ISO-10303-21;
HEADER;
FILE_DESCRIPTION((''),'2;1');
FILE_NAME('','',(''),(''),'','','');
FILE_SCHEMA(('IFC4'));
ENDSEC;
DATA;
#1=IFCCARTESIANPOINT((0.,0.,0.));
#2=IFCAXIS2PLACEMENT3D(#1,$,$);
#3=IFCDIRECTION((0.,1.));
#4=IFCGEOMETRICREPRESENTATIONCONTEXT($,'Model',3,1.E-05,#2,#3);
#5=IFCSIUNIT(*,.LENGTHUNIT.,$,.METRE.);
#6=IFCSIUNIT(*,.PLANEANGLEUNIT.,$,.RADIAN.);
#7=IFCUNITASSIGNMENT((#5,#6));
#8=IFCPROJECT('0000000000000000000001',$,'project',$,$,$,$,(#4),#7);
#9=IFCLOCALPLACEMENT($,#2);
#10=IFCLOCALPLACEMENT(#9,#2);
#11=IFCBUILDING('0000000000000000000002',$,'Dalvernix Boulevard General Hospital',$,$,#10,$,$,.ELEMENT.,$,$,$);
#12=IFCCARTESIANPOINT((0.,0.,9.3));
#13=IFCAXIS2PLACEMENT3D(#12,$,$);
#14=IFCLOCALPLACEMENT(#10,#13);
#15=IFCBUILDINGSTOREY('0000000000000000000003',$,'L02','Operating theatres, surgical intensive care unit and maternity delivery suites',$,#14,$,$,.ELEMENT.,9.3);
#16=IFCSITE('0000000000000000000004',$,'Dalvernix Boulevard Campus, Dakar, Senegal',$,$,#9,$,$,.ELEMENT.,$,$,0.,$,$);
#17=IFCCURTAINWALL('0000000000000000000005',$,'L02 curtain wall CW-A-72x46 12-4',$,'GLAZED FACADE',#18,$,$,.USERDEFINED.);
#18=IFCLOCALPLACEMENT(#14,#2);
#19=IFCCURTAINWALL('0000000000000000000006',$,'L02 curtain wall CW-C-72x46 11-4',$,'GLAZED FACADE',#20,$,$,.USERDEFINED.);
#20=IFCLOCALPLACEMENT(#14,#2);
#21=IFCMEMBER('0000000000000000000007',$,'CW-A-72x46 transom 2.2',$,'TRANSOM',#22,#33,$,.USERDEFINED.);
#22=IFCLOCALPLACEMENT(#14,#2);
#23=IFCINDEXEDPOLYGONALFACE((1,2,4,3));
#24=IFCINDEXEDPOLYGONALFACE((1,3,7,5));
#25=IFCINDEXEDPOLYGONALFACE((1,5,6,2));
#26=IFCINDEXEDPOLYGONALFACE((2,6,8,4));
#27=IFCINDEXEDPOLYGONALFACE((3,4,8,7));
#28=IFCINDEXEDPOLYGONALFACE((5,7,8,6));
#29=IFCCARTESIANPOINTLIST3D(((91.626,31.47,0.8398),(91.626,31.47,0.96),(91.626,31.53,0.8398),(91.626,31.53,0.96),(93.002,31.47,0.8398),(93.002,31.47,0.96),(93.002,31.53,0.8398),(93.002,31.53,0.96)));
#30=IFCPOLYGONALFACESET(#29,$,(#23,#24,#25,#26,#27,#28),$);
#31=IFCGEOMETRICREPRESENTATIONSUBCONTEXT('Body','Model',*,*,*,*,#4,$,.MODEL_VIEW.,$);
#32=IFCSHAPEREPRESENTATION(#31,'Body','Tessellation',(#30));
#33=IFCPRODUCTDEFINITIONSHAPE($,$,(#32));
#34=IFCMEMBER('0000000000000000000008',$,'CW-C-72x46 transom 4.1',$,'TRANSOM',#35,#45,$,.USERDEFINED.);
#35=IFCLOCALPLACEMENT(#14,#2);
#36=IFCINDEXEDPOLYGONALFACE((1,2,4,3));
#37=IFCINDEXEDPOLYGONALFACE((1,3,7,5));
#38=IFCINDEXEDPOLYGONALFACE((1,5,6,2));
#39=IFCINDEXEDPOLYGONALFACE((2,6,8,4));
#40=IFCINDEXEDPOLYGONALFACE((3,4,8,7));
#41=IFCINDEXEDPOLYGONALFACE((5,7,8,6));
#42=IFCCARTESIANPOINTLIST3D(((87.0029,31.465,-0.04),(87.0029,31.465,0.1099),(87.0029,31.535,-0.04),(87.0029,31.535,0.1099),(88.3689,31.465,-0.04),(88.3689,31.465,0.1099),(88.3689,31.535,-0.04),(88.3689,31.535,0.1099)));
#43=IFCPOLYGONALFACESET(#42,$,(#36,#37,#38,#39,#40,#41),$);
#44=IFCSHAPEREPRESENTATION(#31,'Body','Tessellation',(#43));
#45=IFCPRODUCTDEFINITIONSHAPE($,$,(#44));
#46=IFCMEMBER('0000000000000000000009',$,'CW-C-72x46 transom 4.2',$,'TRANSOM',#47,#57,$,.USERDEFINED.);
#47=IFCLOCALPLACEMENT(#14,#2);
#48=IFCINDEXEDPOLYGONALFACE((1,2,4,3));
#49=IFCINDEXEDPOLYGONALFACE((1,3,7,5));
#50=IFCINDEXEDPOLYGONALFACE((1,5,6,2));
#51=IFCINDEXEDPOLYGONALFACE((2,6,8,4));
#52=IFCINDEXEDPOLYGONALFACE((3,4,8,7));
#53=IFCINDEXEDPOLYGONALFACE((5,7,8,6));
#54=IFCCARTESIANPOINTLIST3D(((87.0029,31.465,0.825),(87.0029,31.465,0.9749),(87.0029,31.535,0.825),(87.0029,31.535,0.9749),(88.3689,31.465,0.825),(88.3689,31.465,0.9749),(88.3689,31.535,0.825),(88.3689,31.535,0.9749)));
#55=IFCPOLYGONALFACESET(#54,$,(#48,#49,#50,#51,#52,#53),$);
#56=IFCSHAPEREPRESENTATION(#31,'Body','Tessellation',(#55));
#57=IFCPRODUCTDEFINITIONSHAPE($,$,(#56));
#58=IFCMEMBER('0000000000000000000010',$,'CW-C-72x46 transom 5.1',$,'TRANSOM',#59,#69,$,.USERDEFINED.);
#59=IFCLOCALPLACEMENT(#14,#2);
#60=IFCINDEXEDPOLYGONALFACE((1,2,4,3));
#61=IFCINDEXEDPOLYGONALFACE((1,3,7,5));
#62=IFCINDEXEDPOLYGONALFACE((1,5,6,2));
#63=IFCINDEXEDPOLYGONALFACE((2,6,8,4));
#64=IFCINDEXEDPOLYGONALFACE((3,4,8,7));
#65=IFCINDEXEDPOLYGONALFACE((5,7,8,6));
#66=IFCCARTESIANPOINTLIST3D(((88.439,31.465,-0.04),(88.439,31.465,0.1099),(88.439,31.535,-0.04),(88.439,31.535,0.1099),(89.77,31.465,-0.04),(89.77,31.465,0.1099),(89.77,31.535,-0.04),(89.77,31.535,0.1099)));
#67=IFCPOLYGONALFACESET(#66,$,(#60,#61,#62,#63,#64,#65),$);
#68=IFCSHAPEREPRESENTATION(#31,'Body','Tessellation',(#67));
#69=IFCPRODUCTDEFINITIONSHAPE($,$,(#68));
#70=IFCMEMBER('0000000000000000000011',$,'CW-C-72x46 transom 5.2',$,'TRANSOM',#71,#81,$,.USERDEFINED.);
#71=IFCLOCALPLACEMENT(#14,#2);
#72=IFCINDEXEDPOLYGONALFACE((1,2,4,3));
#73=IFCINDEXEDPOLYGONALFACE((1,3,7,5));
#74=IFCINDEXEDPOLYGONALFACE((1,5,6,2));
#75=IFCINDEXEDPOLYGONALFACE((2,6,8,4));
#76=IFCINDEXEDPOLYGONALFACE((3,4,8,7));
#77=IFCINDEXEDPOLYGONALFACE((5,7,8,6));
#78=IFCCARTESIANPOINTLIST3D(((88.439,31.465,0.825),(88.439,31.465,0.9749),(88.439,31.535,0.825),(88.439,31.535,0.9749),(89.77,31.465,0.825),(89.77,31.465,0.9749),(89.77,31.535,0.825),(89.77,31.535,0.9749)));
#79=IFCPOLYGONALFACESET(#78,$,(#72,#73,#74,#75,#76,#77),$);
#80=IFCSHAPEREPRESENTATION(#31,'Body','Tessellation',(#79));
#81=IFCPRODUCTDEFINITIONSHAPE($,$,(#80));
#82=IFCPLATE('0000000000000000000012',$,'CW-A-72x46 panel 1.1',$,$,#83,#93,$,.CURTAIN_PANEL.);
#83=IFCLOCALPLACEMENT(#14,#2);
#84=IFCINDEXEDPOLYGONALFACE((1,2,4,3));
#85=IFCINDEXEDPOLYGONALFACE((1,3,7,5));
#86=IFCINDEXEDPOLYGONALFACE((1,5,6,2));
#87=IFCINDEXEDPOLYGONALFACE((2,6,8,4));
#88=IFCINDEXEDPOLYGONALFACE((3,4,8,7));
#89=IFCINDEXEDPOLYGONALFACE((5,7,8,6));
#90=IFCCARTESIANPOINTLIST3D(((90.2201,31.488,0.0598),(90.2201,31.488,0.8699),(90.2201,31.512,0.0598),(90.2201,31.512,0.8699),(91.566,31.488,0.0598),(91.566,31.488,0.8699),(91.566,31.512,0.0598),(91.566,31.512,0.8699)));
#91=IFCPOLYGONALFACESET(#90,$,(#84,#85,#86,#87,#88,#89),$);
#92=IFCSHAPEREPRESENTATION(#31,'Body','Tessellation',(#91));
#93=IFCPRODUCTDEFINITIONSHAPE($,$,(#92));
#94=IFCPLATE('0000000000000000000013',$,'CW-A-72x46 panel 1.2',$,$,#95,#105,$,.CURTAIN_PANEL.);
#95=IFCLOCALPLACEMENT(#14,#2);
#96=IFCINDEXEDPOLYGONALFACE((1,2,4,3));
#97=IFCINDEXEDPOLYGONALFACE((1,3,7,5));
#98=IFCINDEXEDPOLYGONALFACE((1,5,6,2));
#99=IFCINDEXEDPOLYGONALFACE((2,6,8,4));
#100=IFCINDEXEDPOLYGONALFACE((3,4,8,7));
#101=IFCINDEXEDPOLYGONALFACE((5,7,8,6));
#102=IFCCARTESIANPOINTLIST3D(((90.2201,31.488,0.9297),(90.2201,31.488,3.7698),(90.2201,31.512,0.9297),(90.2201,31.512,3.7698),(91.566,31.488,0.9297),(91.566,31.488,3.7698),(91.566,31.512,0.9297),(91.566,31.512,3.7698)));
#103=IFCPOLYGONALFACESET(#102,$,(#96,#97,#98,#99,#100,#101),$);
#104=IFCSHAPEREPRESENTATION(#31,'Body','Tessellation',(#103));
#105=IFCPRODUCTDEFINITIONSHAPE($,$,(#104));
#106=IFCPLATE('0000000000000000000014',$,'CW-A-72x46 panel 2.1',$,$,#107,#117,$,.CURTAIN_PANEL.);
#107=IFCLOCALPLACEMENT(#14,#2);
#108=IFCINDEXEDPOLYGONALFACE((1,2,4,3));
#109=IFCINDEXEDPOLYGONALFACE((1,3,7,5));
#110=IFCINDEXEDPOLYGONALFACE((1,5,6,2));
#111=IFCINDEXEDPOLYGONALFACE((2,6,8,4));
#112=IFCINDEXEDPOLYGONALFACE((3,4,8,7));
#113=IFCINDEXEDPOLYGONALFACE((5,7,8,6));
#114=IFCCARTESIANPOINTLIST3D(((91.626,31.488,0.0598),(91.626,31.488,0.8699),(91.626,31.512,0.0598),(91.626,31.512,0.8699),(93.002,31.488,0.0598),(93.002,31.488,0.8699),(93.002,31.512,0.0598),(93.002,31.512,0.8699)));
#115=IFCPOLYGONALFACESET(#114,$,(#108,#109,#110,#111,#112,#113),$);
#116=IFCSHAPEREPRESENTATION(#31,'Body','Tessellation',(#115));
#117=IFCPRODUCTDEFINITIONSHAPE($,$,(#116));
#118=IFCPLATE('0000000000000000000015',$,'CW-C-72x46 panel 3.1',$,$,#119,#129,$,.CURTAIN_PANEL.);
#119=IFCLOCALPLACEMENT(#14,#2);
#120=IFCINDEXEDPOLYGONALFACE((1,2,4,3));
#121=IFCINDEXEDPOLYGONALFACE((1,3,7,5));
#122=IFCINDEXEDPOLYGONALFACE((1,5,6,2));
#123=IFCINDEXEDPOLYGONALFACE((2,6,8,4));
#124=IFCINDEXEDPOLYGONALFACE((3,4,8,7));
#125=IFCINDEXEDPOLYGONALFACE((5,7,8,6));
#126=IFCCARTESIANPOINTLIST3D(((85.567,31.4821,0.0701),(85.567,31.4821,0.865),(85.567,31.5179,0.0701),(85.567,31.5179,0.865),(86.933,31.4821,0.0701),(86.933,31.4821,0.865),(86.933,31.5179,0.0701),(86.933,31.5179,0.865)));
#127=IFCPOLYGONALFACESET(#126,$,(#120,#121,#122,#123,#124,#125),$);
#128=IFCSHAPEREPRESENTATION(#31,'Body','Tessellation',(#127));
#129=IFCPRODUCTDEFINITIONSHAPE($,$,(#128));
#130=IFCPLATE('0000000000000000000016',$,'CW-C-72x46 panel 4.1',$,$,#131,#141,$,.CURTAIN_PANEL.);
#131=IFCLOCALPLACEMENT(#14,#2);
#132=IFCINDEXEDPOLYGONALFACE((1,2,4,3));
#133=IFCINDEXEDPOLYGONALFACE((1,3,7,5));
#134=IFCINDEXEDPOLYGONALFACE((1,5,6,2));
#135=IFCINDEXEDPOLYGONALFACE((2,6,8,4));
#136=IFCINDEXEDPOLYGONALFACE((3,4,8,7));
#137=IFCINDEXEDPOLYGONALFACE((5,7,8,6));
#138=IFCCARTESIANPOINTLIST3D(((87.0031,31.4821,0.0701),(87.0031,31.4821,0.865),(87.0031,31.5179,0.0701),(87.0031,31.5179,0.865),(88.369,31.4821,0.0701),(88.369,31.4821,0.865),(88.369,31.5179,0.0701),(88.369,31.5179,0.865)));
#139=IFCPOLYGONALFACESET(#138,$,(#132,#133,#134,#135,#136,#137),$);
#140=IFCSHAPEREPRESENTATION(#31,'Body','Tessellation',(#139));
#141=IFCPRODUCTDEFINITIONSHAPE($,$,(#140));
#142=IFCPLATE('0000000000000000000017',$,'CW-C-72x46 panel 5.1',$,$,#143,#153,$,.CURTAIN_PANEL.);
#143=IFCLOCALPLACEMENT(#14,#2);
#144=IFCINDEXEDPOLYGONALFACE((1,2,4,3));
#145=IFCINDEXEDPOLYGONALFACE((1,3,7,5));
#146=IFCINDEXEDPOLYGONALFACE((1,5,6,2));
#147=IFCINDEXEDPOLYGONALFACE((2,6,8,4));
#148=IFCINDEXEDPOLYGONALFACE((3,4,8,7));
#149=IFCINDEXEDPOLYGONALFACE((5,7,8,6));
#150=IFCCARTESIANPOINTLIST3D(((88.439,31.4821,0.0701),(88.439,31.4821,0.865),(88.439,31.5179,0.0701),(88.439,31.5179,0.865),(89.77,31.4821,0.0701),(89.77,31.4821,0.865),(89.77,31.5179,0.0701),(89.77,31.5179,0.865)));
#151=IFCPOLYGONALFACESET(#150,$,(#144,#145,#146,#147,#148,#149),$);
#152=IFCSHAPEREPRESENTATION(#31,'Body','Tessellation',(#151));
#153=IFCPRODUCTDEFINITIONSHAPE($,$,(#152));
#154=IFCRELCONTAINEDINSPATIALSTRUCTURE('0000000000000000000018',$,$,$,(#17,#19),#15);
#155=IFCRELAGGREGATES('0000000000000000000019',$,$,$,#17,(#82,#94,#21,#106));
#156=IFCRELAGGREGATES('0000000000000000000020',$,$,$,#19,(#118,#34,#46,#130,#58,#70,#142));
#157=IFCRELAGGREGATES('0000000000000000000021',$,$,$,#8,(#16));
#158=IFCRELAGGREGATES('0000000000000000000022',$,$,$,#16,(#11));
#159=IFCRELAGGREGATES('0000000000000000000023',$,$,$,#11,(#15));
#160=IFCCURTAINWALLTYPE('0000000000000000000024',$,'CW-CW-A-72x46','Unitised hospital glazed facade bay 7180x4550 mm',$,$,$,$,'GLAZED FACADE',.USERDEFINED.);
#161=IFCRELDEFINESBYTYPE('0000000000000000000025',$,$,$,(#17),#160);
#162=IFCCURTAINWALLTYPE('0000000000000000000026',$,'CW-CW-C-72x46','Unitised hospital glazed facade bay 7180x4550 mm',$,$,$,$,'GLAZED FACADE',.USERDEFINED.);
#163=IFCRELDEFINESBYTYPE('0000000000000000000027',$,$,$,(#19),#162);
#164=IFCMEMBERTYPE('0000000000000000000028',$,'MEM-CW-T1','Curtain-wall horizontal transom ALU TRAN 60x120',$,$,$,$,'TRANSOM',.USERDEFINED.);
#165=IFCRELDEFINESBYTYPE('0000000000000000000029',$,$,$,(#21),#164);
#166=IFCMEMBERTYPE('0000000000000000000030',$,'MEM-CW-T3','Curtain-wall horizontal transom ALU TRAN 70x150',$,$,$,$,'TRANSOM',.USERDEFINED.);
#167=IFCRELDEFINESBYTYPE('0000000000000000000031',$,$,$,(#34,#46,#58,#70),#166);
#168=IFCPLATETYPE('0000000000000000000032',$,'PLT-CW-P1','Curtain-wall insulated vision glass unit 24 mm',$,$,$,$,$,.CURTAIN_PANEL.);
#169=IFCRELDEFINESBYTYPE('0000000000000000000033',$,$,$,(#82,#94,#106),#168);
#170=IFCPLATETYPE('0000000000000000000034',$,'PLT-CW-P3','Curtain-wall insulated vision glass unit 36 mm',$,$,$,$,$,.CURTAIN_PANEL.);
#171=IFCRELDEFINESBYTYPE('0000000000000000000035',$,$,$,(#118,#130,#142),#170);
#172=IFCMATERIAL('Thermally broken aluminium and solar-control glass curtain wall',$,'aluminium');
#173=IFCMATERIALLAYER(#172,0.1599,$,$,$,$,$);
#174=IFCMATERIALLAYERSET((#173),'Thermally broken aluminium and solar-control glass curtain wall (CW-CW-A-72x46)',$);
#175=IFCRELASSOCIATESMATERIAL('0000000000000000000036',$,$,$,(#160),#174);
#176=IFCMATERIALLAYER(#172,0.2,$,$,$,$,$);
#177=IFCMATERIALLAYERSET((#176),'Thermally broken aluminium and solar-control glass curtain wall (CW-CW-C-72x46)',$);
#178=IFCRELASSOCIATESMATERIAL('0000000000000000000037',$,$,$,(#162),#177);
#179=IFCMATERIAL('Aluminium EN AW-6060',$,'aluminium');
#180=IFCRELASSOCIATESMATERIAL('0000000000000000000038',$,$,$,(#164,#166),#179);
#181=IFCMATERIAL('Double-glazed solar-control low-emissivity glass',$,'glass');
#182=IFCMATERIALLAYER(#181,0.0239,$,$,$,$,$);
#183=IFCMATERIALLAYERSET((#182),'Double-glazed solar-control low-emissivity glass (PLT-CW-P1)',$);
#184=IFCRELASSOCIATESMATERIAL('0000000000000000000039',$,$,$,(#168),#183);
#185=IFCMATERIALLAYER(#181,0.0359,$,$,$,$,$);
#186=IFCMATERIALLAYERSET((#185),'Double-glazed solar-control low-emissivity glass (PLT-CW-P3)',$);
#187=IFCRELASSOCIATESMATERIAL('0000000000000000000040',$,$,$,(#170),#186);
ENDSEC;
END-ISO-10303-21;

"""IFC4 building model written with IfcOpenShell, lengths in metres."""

from ifc_helpers import new_model, si_unit, direction, frame, origin, origin_2d, place, context, subcontext, project, spatial, rectangle, extrude, material, layer, layer_set, material_profile, profile_set, type_object, element, aggregate, save


model = new_model("IFC4")

# Units and contexts
model_context = context("Model", 3, precision=1e-05, world=origin(), true_north=direction((0.0, 1.0)))
body_context = subcontext(model_context, "Body", "Model", "MODEL_VIEW")
ifc_project = project(units=[si_unit("LENGTHUNIT", "METRE"), si_unit("PLANEANGLEUNIT", "RADIAN")], contexts=[model_context])

# Site, building, storey
site_placement = place(None, origin())
site = spatial("IfcSite", under=ifc_project, at=site_placement, Name="Dalvernix Boulevard Campus, Dakar, Senegal", CompositionType="ELEMENT", RefElevation=0.0)
building_placement = place(site_placement, origin())
building = spatial("IfcBuilding", under=site, at=building_placement, Name="Dalvernix Boulevard General Hospital", CompositionType="ELEMENT")
storey_placement = place(building_placement, frame((0.0, 0.0, 9.3)))
storey = spatial("IfcBuildingStorey", under=building, at=storey_placement, Name="L02", Description="Operating theatres, surgical intensive care unit and maternity delivery suites", CompositionType="ELEMENT", Elevation=9.3)

# Curtain walls
ifc_material_1 = material(Name="Thermally broken aluminium and solar-control glass curtain wall", Category="aluminium")
ifc_layer_1 = layer(ifc_material_1, 0.1599)
ifc_layer_set_1 = layer_set([ifc_layer_1], Name="Thermally broken aluminium and solar-control glass curtain wall (CW-CW-A-72x46)")
curtain_wall_type_1 = type_object("IfcCurtainWallType", Name="CW-CW-A-72x46", Description="Unitised hospital glazed facade bay 7180x4550 mm", ElementType="GLAZED FACADE", PredefinedType="USERDEFINED", material=ifc_layer_set_1)
curtain_wall_1_placement = place(storey_placement, origin())
curtain_wall_1 = element("IfcCurtainWall", 1, at=curtain_wall_1_placement, inside=storey, type_object=curtain_wall_type_1, Name="L02 curtain wall CW-A-72x46 12-4", ObjectType="GLAZED FACADE", PredefinedType="USERDEFINED")
ifc_material_2 = material(Name="Aluminium EN AW-6060", Category="aluminium")
ifc_layer_2 = layer(ifc_material_1, 0.2)
ifc_layer_set_2 = layer_set([ifc_layer_2], Name="Thermally broken aluminium and solar-control glass curtain wall (CW-CW-C-72x46)")
curtain_wall_type_2 = type_object("IfcCurtainWallType", Name="CW-CW-C-72x46", Description="Unitised hospital glazed facade bay 7180x4550 mm", ElementType="GLAZED FACADE", PredefinedType="USERDEFINED", material=ifc_layer_set_2)
curtain_wall_2_placement = place(storey_placement, origin())
curtain_wall_2 = element("IfcCurtainWall", 2, at=curtain_wall_2_placement, inside=storey, type_object=curtain_wall_type_2, Name="L02 curtain wall CW-C-72x46 11-4", ObjectType="GLAZED FACADE", PredefinedType="USERDEFINED")

# Members
ifc_material_profile_1 = material_profile(ifc_material_2, rectangle(XDim=0.0601, YDim=0.1201, at=origin_2d()), Name="ALU TRAN 60x120")
ifc_profile_set_1 = profile_set([ifc_material_profile_1], Name="Aluminium EN AW-6060")
member_type_1 = type_object("IfcMemberType", Name="MEM-CW-T1", Description="Curtain-wall horizontal transom ALU TRAN 60x120", ElementType="TRANSOM", PredefinedType="USERDEFINED", material=ifc_profile_set_1)
member_1_placement = place(storey_placement, frame((91.626, 31.5, 0.8999), z_axis=(1.0, 0.0, 0.0), x_axis=(0.0, 1.0, 0.0)))
member_1 = element("IfcMember", 3, at=member_1_placement, type_object=member_type_1, Name="CW-A-72x46 transom 2.2", ObjectType="TRANSOM", PredefinedType="USERDEFINED", context=body_context, shape_type="SweptSolid", body=[
    extrude(rectangle(XDim=0.0601, YDim=0.1201, at=origin_2d()), origin(), (0.0, 0.0, 1.0), 1.376),
])
ifc_material_profile_2 = material_profile(ifc_material_2, rectangle(XDim=0.0701, YDim=0.1499, at=origin_2d()), Name="ALU TRAN 70x150")
ifc_profile_set_2 = profile_set([ifc_material_profile_2], Name="Aluminium EN AW-6060")
member_type_2 = type_object("IfcMemberType", Name="MEM-CW-T3", Description="Curtain-wall horizontal transom ALU TRAN 70x150", ElementType="TRANSOM", PredefinedType="USERDEFINED", material=ifc_profile_set_2)
member_2_placement = place(storey_placement, frame((87.0029, 31.5, 0.0349), z_axis=(1.0, 0.0, 0.0), x_axis=(0.0, 1.0, 0.0)))
member_2 = element("IfcMember", 4, at=member_2_placement, type_object=member_type_2, Name="CW-C-72x46 transom 4.1", ObjectType="TRANSOM", PredefinedType="USERDEFINED", context=body_context, shape_type="SweptSolid", body=[
    extrude(rectangle(XDim=0.0701, YDim=0.1499, at=origin_2d()), origin(), (0.0, 0.0, 1.0), 1.366),
])
member_3_placement = place(storey_placement, frame((87.0029, 31.5, 0.8999), z_axis=(1.0, 0.0, 0.0), x_axis=(0.0, 1.0, 0.0)))
member_3 = element("IfcMember", 5, at=member_3_placement, type_object=member_type_2, Name="CW-C-72x46 transom 4.2", ObjectType="TRANSOM", PredefinedType="USERDEFINED", context=body_context, shape_type="SweptSolid", body=[
    extrude(rectangle(XDim=0.0701, YDim=0.1499, at=origin_2d()), origin(), (0.0, 0.0, 1.0), 1.366),
])
member_4_placement = place(storey_placement, frame((88.439, 31.5, 0.0349), z_axis=(1.0, 0.0, 0.0), x_axis=(0.0, 1.0, 0.0)))
member_4 = element("IfcMember", 6, at=member_4_placement, type_object=member_type_2, Name="CW-C-72x46 transom 5.1", ObjectType="TRANSOM", PredefinedType="USERDEFINED", context=body_context, shape_type="SweptSolid", body=[
    extrude(rectangle(XDim=0.0701, YDim=0.1499, at=origin_2d()), origin(), (0.0, 0.0, 1.0), 1.3311),
])
member_5_placement = place(storey_placement, frame((88.439, 31.5, 0.8999), z_axis=(1.0, 0.0, 0.0), x_axis=(0.0, 1.0, 0.0)))
member_5 = element("IfcMember", 7, at=member_5_placement, type_object=member_type_2, Name="CW-C-72x46 transom 5.2", ObjectType="TRANSOM", PredefinedType="USERDEFINED", context=body_context, shape_type="SweptSolid", body=[
    extrude(rectangle(XDim=0.0701, YDim=0.1499, at=origin_2d()), origin(), (0.0, 0.0, 1.0), 1.3311),
])

# Plates
ifc_material_3 = material(Name="Double-glazed solar-control low-emissivity glass", Category="glass")
ifc_layer_3 = layer(ifc_material_3, 0.0239)
ifc_layer_set_3 = layer_set([ifc_layer_3], Name="Double-glazed solar-control low-emissivity glass (PLT-CW-P1)")
plate_type_1 = type_object("IfcPlateType", Name="PLT-CW-P1", Description="Curtain-wall insulated vision glass unit 24 mm", PredefinedType="CURTAIN_PANEL", material=ifc_layer_set_3)
plate_1_placement = place(storey_placement, frame((90.8931, 31.5, 0.0598), z_axis=(0.0, 0.0, 1.0), x_axis=(1.0, 0.0, 0.0)))
plate_1 = element("IfcPlate", 8, at=plate_1_placement, type_object=plate_type_1, Name="CW-A-72x46 panel 1.1", PredefinedType="CURTAIN_PANEL", context=body_context, shape_type="SweptSolid", body=[
    extrude(rectangle(XDim=1.3459, YDim=0.0239, at=origin_2d()), origin(), (0.0, 0.0, 1.0), 0.8101),
])
plate_2_placement = place(storey_placement, frame((90.8931, 31.5, 0.9297), z_axis=(0.0, 0.0, 1.0), x_axis=(1.0, 0.0, 0.0)))
plate_2 = element("IfcPlate", 9, at=plate_2_placement, type_object=plate_type_1, Name="CW-A-72x46 panel 1.2", PredefinedType="CURTAIN_PANEL", context=body_context, shape_type="SweptSolid", body=[
    extrude(rectangle(XDim=1.3459, YDim=0.0239, at=origin_2d()), origin(), (0.0, 0.0, 1.0), 2.8401),
])
plate_3_placement = place(storey_placement, frame((92.314, 31.5, 0.0598), z_axis=(0.0, 0.0, 1.0), x_axis=(1.0, 0.0, 0.0)))
plate_3 = element("IfcPlate", 10, at=plate_3_placement, type_object=plate_type_1, Name="CW-A-72x46 panel 2.1", PredefinedType="CURTAIN_PANEL", context=body_context, shape_type="SweptSolid", body=[
    extrude(rectangle(XDim=1.376, YDim=0.0239, at=origin_2d()), origin(), (0.0, 0.0, 1.0), 0.8101),
])
aggregate(curtain_wall_1, [plate_1, plate_2, member_1, plate_3])
ifc_layer_4 = layer(ifc_material_3, 0.0359)
ifc_layer_set_4 = layer_set([ifc_layer_4], Name="Double-glazed solar-control low-emissivity glass (PLT-CW-P3)")
plate_type_2 = type_object("IfcPlateType", Name="PLT-CW-P3", Description="Curtain-wall insulated vision glass unit 36 mm", PredefinedType="CURTAIN_PANEL", material=ifc_layer_set_4)
plate_4_placement = place(storey_placement, frame((86.25, 31.5, 0.0701), z_axis=(0.0, 0.0, 1.0), x_axis=(1.0, 0.0, 0.0)))
plate_4 = element("IfcPlate", 11, at=plate_4_placement, type_object=plate_type_2, Name="CW-C-72x46 panel 3.1", PredefinedType="CURTAIN_PANEL", context=body_context, shape_type="SweptSolid", body=[
    extrude(rectangle(XDim=1.366, YDim=0.0359, at=origin_2d()), origin(), (0.0, 0.0, 1.0), 0.7949),
])
plate_5_placement = place(storey_placement, frame((87.686, 31.5, 0.0701), z_axis=(0.0, 0.0, 1.0), x_axis=(1.0, 0.0, 0.0)))
plate_5 = element("IfcPlate", 12, at=plate_5_placement, type_object=plate_type_2, Name="CW-C-72x46 panel 4.1", PredefinedType="CURTAIN_PANEL", context=body_context, shape_type="SweptSolid", body=[
    extrude(rectangle(XDim=1.366, YDim=0.0359, at=origin_2d()), origin(), (0.0, 0.0, 1.0), 0.7949),
])
plate_6_placement = place(storey_placement, frame((89.1045, 31.5, 0.0701), z_axis=(0.0, 0.0, 1.0), x_axis=(1.0, 0.0, 0.0)))
plate_6 = element("IfcPlate", 13, at=plate_6_placement, type_object=plate_type_2, Name="CW-C-72x46 panel 5.1", PredefinedType="CURTAIN_PANEL", context=body_context, shape_type="SweptSolid", body=[
    extrude(rectangle(XDim=1.3311, YDim=0.0359, at=origin_2d()), origin(), (0.0, 0.0, 1.0), 0.7949),
])
aggregate(curtain_wall_2, [plate_4, member_2, member_3, plate_5, member_4, member_5, plate_6])

save(model, "model.ifc")
